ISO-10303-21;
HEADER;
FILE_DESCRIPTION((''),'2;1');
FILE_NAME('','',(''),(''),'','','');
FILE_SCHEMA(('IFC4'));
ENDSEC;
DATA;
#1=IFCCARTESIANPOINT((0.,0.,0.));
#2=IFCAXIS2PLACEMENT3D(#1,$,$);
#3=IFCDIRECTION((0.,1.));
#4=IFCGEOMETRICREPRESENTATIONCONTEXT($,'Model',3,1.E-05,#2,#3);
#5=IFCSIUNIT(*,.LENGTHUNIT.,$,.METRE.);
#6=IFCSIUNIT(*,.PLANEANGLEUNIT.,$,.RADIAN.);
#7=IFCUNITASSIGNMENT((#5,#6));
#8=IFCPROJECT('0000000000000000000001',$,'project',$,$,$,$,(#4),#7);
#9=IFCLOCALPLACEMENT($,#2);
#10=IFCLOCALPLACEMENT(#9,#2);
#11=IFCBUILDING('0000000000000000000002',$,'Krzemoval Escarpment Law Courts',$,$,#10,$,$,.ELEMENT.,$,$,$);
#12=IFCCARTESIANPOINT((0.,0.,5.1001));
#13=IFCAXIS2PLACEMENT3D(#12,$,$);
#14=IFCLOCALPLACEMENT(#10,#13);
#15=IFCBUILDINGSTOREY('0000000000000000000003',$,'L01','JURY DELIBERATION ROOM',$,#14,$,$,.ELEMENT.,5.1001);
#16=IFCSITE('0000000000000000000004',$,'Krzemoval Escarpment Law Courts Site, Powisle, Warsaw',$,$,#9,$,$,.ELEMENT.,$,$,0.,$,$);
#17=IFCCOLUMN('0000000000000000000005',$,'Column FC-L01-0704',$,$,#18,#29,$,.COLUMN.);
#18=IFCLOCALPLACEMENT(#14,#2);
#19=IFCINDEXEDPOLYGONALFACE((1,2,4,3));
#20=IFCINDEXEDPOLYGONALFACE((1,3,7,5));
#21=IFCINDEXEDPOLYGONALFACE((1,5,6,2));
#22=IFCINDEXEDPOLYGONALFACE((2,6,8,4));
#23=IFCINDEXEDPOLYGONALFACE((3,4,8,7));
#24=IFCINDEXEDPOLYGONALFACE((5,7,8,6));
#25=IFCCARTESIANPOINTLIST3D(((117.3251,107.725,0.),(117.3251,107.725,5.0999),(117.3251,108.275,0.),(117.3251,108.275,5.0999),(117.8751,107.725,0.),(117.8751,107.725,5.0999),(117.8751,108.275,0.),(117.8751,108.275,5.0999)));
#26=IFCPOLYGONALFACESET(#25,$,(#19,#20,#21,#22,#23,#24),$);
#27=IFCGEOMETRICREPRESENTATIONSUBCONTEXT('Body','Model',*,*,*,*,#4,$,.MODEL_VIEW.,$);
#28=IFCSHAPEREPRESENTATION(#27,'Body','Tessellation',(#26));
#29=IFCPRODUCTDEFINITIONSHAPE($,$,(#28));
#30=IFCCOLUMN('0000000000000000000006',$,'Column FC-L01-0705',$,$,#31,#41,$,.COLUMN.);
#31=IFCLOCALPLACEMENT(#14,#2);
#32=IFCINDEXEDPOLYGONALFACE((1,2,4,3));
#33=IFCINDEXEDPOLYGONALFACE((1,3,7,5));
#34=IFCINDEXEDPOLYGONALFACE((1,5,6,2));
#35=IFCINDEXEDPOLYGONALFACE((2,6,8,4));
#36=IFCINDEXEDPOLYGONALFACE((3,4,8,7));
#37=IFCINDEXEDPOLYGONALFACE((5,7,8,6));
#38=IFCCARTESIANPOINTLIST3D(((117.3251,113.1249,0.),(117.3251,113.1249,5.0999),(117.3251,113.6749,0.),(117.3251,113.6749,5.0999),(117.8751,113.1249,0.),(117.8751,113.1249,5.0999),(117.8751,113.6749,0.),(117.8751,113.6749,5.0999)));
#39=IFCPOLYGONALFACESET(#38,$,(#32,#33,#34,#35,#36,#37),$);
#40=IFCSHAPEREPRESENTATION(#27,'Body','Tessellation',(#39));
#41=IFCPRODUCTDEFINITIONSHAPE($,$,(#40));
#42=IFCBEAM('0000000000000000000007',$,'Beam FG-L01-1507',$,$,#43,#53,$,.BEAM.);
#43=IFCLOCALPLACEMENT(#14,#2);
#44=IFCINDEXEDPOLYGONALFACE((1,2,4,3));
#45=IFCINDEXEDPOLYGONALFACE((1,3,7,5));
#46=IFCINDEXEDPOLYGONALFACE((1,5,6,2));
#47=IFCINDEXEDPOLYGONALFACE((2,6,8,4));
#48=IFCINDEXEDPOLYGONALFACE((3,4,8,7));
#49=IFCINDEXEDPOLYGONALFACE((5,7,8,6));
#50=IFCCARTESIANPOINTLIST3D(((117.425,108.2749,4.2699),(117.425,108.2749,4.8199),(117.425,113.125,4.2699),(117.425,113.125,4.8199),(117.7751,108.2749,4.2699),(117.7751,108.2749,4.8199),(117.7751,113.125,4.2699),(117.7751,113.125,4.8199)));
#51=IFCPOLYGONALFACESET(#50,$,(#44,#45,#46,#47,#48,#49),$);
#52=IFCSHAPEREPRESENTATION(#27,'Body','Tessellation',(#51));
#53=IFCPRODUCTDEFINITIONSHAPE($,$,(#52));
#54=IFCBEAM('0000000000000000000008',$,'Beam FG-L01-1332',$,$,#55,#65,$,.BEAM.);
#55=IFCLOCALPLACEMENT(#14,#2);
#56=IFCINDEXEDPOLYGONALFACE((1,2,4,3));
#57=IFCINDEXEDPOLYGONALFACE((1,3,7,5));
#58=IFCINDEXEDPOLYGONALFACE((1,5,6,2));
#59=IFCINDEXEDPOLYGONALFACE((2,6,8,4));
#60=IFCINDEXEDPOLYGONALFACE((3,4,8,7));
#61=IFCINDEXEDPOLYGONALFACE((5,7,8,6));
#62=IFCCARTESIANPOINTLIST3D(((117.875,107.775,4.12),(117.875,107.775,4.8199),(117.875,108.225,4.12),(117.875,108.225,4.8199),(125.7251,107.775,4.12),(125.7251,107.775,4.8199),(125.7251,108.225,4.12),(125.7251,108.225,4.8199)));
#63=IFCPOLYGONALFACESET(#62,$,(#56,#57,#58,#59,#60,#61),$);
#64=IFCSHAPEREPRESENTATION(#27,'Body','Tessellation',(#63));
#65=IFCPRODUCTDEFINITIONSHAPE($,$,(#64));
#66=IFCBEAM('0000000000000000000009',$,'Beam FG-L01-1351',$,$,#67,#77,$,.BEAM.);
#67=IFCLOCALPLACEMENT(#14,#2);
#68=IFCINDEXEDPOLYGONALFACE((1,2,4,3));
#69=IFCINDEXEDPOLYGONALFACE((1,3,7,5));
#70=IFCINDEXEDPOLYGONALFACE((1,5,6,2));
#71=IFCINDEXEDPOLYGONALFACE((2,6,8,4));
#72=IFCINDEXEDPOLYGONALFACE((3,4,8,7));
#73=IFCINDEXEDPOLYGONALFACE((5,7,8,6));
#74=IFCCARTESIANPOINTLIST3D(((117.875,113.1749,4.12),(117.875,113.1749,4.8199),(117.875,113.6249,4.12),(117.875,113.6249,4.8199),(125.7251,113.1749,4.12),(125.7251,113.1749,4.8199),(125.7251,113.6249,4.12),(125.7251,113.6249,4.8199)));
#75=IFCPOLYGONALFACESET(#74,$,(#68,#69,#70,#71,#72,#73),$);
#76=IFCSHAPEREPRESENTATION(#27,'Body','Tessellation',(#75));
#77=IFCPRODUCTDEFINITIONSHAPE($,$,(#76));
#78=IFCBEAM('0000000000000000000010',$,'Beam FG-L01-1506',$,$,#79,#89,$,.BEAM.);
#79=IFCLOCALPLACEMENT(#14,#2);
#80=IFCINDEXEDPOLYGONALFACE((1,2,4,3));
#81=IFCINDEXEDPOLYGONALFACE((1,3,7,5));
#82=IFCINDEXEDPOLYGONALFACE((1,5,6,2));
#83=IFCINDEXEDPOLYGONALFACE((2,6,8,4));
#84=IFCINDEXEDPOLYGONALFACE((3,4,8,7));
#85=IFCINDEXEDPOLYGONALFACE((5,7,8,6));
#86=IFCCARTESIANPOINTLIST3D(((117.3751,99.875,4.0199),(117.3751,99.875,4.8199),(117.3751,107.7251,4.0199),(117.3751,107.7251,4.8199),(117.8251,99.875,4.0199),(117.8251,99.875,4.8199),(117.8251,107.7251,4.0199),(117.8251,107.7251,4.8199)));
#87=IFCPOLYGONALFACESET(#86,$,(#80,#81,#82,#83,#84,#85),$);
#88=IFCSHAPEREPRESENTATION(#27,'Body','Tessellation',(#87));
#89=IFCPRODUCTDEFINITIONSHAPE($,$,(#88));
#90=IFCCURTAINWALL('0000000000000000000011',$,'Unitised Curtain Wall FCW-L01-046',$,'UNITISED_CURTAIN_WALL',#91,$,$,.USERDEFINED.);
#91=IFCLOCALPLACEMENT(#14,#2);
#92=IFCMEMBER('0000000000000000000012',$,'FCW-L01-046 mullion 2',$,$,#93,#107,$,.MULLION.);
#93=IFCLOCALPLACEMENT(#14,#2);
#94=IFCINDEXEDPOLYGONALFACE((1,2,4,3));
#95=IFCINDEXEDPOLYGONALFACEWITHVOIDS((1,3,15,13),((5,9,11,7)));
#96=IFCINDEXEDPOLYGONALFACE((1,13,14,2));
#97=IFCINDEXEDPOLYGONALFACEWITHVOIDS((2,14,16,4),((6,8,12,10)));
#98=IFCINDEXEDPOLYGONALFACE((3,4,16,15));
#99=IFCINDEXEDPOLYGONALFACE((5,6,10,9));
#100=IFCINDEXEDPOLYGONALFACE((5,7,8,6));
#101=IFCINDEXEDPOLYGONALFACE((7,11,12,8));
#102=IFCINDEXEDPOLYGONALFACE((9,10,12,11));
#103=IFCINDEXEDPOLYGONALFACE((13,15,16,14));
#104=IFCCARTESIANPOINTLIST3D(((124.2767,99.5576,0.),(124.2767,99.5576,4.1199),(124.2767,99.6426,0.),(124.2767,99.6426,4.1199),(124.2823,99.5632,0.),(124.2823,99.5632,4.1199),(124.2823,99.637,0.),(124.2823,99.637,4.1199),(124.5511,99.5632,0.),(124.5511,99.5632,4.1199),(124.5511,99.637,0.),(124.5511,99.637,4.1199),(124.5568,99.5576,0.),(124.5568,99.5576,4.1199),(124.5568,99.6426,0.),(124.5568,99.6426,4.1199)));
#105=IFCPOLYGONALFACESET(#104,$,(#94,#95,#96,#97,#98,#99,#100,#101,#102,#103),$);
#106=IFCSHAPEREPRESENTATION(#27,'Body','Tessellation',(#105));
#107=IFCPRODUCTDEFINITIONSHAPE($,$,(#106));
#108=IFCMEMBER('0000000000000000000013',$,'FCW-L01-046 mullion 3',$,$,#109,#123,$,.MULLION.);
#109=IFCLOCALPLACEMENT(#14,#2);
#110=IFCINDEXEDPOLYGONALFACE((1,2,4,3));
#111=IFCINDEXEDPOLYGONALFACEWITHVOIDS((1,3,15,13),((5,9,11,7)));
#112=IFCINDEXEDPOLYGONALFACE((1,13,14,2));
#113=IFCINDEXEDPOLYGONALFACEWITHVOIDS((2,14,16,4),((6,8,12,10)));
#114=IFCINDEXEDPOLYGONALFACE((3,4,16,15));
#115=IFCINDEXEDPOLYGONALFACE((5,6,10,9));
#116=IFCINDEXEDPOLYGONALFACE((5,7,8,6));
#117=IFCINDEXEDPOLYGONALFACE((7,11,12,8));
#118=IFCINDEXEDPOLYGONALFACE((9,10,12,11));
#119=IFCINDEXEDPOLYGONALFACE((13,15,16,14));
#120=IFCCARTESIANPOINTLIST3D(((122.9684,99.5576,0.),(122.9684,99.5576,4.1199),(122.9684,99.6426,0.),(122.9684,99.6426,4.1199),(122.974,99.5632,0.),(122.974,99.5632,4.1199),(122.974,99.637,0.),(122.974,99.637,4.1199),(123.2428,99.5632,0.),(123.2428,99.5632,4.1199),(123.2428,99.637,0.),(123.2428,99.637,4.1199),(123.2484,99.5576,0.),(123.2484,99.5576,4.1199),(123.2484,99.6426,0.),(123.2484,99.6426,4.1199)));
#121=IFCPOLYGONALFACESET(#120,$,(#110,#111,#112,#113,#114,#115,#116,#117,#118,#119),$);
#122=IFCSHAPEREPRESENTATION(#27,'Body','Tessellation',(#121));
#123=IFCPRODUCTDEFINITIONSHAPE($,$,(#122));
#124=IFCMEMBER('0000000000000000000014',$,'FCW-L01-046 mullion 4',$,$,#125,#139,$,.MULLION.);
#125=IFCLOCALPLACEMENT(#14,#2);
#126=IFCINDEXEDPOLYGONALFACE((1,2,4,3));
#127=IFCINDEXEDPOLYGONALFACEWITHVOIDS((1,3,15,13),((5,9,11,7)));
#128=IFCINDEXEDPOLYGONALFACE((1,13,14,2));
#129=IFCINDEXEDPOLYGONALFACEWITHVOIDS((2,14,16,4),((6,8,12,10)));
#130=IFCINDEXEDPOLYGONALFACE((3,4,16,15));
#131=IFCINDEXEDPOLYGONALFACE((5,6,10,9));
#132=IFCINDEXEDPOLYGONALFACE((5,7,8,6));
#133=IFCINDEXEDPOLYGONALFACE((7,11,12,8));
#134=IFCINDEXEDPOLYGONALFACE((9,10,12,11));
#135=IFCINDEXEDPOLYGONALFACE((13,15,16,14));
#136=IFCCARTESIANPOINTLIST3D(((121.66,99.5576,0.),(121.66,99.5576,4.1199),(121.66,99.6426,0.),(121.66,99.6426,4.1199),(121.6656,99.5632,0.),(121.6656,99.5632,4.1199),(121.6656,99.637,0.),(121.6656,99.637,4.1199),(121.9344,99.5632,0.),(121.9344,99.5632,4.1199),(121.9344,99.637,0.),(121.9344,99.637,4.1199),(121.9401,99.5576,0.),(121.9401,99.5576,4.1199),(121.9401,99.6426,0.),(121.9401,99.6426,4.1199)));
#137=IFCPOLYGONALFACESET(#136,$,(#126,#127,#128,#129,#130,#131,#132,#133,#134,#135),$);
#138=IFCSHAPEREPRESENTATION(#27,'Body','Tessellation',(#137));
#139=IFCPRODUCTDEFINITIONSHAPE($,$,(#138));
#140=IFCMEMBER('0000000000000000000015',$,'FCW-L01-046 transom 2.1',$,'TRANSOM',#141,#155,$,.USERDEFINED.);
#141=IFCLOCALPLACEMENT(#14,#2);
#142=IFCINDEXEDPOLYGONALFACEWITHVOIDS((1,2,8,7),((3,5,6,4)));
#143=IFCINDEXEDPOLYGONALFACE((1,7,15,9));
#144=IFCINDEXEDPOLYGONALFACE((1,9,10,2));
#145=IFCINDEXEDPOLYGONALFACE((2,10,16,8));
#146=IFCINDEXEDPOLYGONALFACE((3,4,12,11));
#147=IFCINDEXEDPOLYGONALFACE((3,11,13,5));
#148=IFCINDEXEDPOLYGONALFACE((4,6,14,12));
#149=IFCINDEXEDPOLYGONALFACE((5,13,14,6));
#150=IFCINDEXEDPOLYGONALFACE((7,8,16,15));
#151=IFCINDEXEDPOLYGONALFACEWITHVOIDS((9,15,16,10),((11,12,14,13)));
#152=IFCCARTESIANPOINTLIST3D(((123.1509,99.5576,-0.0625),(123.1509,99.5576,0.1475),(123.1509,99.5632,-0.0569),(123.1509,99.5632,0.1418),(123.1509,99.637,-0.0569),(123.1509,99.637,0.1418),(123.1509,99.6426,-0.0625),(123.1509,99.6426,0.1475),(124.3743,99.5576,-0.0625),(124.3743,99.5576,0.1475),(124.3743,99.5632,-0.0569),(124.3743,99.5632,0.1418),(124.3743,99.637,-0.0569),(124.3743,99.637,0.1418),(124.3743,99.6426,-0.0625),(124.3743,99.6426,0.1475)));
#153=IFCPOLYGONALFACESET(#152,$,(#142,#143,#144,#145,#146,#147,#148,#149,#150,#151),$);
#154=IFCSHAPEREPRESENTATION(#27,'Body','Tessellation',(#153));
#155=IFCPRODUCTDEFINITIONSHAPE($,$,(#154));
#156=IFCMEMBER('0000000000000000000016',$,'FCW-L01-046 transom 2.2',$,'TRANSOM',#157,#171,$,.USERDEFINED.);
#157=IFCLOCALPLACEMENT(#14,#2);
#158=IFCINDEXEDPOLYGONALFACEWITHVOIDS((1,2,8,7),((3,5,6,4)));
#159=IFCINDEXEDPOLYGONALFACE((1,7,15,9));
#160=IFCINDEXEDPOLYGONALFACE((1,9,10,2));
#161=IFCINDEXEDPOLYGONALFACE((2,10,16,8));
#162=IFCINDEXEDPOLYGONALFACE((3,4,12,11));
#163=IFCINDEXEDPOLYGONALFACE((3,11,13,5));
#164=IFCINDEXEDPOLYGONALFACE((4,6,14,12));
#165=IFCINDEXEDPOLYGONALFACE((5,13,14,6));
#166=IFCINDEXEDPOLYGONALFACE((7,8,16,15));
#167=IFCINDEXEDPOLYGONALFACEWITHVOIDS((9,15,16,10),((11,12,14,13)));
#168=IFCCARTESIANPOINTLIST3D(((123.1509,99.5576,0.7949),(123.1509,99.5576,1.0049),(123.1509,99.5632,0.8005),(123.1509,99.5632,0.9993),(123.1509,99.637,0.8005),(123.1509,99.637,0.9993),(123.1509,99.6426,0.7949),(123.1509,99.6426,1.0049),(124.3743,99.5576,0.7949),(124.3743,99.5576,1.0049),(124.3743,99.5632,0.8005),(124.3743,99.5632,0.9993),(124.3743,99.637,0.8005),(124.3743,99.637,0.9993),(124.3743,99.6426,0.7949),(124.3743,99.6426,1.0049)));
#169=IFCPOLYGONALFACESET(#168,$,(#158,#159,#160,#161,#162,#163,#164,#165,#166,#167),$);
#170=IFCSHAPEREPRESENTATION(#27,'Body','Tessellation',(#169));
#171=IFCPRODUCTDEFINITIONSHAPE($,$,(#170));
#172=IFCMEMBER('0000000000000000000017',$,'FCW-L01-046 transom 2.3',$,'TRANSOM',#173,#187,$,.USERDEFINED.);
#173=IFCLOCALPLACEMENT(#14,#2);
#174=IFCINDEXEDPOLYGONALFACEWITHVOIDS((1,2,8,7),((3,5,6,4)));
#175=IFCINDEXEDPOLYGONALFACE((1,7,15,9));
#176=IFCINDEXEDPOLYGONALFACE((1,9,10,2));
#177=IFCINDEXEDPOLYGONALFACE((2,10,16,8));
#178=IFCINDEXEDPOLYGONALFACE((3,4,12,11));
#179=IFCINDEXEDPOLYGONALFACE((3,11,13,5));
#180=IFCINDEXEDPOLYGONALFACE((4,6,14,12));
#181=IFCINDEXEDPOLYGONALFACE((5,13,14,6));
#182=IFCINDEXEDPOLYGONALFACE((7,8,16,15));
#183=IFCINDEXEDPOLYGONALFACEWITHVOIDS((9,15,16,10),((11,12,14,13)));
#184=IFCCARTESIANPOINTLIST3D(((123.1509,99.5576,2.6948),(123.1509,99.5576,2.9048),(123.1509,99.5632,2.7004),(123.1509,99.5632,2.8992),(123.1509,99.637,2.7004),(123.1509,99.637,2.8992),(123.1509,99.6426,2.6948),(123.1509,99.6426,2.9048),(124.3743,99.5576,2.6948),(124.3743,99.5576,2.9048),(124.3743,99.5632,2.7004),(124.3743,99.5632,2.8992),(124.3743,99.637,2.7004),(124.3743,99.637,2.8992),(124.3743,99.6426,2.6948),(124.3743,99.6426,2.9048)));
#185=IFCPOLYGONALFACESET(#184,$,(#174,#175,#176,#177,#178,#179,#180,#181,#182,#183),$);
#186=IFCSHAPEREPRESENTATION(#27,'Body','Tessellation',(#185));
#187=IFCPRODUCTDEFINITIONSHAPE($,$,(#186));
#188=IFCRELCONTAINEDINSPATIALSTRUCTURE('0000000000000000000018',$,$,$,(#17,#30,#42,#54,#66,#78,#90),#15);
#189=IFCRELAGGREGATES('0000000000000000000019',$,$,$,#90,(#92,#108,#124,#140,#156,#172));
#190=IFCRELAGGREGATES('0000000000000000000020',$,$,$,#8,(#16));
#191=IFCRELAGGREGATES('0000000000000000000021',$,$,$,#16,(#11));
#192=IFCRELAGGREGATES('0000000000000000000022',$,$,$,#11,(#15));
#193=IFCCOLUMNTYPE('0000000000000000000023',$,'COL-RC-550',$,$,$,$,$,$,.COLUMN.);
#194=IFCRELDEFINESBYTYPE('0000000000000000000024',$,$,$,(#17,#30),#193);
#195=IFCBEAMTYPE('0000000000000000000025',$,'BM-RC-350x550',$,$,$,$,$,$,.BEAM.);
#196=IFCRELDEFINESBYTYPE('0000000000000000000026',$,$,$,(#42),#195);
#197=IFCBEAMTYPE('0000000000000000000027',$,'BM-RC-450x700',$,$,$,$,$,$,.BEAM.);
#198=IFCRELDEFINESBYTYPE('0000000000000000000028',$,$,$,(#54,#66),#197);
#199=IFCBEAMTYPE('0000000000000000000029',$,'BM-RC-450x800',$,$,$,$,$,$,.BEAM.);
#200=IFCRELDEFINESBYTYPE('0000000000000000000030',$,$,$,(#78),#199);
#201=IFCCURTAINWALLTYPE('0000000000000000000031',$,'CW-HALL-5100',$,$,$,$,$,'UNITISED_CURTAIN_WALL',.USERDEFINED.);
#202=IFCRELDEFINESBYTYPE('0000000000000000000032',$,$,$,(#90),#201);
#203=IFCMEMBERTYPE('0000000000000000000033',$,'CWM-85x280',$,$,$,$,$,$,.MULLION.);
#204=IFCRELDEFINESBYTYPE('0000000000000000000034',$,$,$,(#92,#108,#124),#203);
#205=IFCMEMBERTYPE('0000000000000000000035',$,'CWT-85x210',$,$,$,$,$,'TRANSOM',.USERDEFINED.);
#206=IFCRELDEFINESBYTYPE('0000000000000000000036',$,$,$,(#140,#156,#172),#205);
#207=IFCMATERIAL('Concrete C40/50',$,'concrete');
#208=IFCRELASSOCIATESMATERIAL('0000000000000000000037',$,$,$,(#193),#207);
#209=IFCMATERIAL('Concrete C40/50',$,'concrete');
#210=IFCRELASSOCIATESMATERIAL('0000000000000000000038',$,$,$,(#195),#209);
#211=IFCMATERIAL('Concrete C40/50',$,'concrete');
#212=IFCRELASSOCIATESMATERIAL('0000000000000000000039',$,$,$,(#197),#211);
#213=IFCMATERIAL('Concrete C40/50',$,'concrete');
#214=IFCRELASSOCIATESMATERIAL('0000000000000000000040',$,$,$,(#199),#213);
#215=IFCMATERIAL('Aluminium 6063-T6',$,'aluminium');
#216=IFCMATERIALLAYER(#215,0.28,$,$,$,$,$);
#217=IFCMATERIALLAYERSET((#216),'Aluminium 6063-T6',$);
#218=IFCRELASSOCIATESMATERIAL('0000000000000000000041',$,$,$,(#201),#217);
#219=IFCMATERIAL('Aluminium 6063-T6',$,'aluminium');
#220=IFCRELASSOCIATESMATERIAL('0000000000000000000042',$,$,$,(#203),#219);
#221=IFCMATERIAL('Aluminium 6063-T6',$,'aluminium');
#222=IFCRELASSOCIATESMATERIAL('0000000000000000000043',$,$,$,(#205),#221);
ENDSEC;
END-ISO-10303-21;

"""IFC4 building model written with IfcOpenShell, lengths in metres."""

from ifc_helpers import new_model, si_unit, direction, frame, origin, origin_2d, place, context, subcontext, project, spatial, rectangle, hollow_rectangle, extrude, material, layer, layer_set, material_profile, profile_set, type_object, element, aggregate, save


model = new_model("IFC4")

# Units and contexts
model_context = context("Model", 3, precision=1e-05, world=origin(), true_north=direction((0.0, 1.0)))
body_context = subcontext(model_context, "Body", "Model", "MODEL_VIEW")
ifc_project = project(units=[si_unit("LENGTHUNIT", "METRE"), si_unit("PLANEANGLEUNIT", "RADIAN")], contexts=[model_context])

# Site, building, storey
site_placement = place(None, origin())
site = spatial("IfcSite", under=ifc_project, at=site_placement, Name="Krzemoval Escarpment Law Courts Site, Powisle, Warsaw", CompositionType="ELEMENT", RefElevation=0.0)
building_placement = place(site_placement, origin())
building = spatial("IfcBuilding", under=site, at=building_placement, Name="Krzemoval Escarpment Law Courts", CompositionType="ELEMENT")
storey_placement = place(building_placement, frame((0.0, 0.0, 5.1001)))
storey = spatial("IfcBuildingStorey", under=building, at=storey_placement, Name="L01", Description="JURY DELIBERATION ROOM", CompositionType="ELEMENT", Elevation=5.1001)

# Columns
ifc_material_1 = material(Name="Concrete C40/50", Category="concrete")
ifc_material_profile_1 = material_profile(ifc_material_1, rectangle(XDim=0.55, YDim=0.55, at=origin_2d()), Name="RC 550x550")
ifc_profile_set_1 = profile_set([ifc_material_profile_1], Name="Concrete C40/50")
column_type = type_object("IfcColumnType", Name="COL-RC-550", PredefinedType="COLUMN", material=ifc_profile_set_1)
for number, where, z_axis, x_axis, name in (
    (1, (117.6001, 108.0, 0.0), (0.0, 0.0, 1.0), (1.0, 0.0, 0.0), "Column FC-L01-0704"),
    (2, (117.6001, 113.3999, 0.0), (0.0, 0.0, 1.0), (1.0, 0.0, 0.0), "Column FC-L01-0705"),
):
    element("IfcColumn", number, at=place(storey_placement, frame(where, z_axis=z_axis, x_axis=x_axis)), inside=storey, type_object=column_type, Name=name, PredefinedType="COLUMN", context=body_context, shape_type="SweptSolid", body=[
        extrude(rectangle(XDim=0.55, YDim=0.55, at=origin_2d()), origin(), (0.0, 0.0, 1.0), 5.0999),
    ])

# Beams
ifc_material_2 = material(Name="Concrete C40/50", Category="concrete")
ifc_material_profile_2 = material_profile(ifc_material_2, rectangle(XDim=0.3501, YDim=0.55, at=origin_2d()), Name="RCB 350x550")
ifc_profile_set_2 = profile_set([ifc_material_profile_2], Name="Concrete C40/50")
beam_type_1 = type_object("IfcBeamType", Name="BM-RC-350x550", PredefinedType="BEAM", material=ifc_profile_set_2)
beam_1_placement = place(storey_placement, frame((117.6001, 108.2749, 4.5449), z_axis=(0.0, 1.0, 0.0), x_axis=(-1.0, 0.0, 0.0)))
element("IfcBeam", 3, at=beam_1_placement, inside=storey, type_object=beam_type_1, Name="Beam FG-L01-1507", PredefinedType="BEAM", context=body_context, shape_type="SweptSolid", body=[
    extrude(rectangle(XDim=0.3501, YDim=0.55, at=origin_2d()), origin(), (0.0, 0.0, 1.0), 4.8501),
])
ifc_material_3 = material(Name="Concrete C40/50", Category="concrete")
ifc_material_profile_3 = material_profile(ifc_material_3, rectangle(XDim=0.45, YDim=0.7, at=origin_2d()), Name="RCB 450x700")
ifc_profile_set_3 = profile_set([ifc_material_profile_3], Name="Concrete C40/50")
beam_type_2 = type_object("IfcBeamType", Name="BM-RC-450x700", PredefinedType="BEAM", material=ifc_profile_set_3)
for number, where, z_axis, x_axis, name in (
    (4, (117.875, 108.0, 4.47), (1.0, 0.0, 0.0), (0.0, 1.0, 0.0), "Beam FG-L01-1332"),
    (5, (117.875, 113.3999, 4.47), (1.0, 0.0, 0.0), (0.0, 1.0, 0.0), "Beam FG-L01-1351"),
):
    element("IfcBeam", number, at=place(storey_placement, frame(where, z_axis=z_axis, x_axis=x_axis)), inside=storey, type_object=beam_type_2, Name=name, PredefinedType="BEAM", context=body_context, shape_type="SweptSolid", body=[
        extrude(rectangle(XDim=0.45, YDim=0.7, at=origin_2d()), origin(), (0.0, 0.0, 1.0), 7.8501),
    ])
ifc_material_4 = material(Name="Concrete C40/50", Category="concrete")
ifc_material_profile_4 = material_profile(ifc_material_4, rectangle(XDim=0.45, YDim=0.8, at=origin_2d()), Name="RCB 450x800")
ifc_profile_set_4 = profile_set([ifc_material_profile_4], Name="Concrete C40/50")
beam_type_3 = type_object("IfcBeamType", Name="BM-RC-450x800", PredefinedType="BEAM", material=ifc_profile_set_4)
beam_2_placement = place(storey_placement, frame((117.6001, 99.875, 4.4199), z_axis=(0.0, 1.0, 0.0), x_axis=(-1.0, 0.0, 0.0)))
element("IfcBeam", 6, at=beam_2_placement, inside=storey, type_object=beam_type_3, Name="Beam FG-L01-1506", PredefinedType="BEAM", context=body_context, shape_type="SweptSolid", body=[
    extrude(rectangle(XDim=0.45, YDim=0.8, at=origin_2d()), origin(), (0.0, 0.0, 1.0), 7.8501),
])

# Curtain wall, members
ifc_material_5 = material(Name="Aluminium 6063-T6", Category="aluminium")
ifc_layer_1 = layer(ifc_material_5, 0.28)
ifc_layer_set_1 = layer_set([ifc_layer_1], Name="Aluminium 6063-T6")
curtain_wall_type = type_object("IfcCurtainWallType", Name="CW-HALL-5100", ElementType="UNITISED_CURTAIN_WALL", PredefinedType="USERDEFINED", material=ifc_layer_set_1)
curtain_wall_placement = place(storey_placement, origin())
curtain_wall = element("IfcCurtainWall", 7, at=curtain_wall_placement, inside=storey, type_object=curtain_wall_type, Name="Unitised Curtain Wall FCW-L01-046", ObjectType="UNITISED_CURTAIN_WALL", PredefinedType="USERDEFINED")
ifc_material_6 = material(Name="Aluminium 6063-T6", Category="aluminium")
ifc_material_profile_5 = material_profile(ifc_material_6, hollow_rectangle(XDim=0.085, YDim=0.28, WallThickness=0.0056, at=origin_2d()), Name="ALU M85x280")
ifc_profile_set_5 = profile_set([ifc_material_profile_5], Name="Aluminium 6063-T6")
member_type_1 = type_object("IfcMemberType", Name="CWM-85x280", PredefinedType="MULLION", material=ifc_profile_set_5)
member_1_placement = place(storey_placement, frame((124.4167, 99.6001, 0.0), z_axis=(0.0, 0.0, 1.0), x_axis=(0.0, -1.0, 0.0)))
member_1 = element("IfcMember", 8, at=member_1_placement, type_object=member_type_1, Name="FCW-L01-046 mullion 2", PredefinedType="MULLION", context=body_context, shape_type="SweptSolid", body=[
    extrude(hollow_rectangle(XDim=0.085, YDim=0.28, WallThickness=0.0056, at=origin_2d()), origin(), (0.0, 0.0, 1.0), 4.1199),
])
member_2_placement = place(storey_placement, frame((123.1084, 99.6001, 0.0), z_axis=(0.0, 0.0, 1.0), x_axis=(0.0, -1.0, 0.0)))
member_2 = element("IfcMember", 9, at=member_2_placement, type_object=member_type_1, Name="FCW-L01-046 mullion 3", PredefinedType="MULLION", context=body_context, shape_type="SweptSolid", body=[
    extrude(hollow_rectangle(XDim=0.085, YDim=0.28, WallThickness=0.0056, at=origin_2d()), origin(), (0.0, 0.0, 1.0), 4.1199),
])
member_3_placement = place(storey_placement, frame((121.8, 99.6001, 0.0), z_axis=(0.0, 0.0, 1.0), x_axis=(0.0, -1.0, 0.0)))
member_3 = element("IfcMember", 10, at=member_3_placement, type_object=member_type_1, Name="FCW-L01-046 mullion 4", PredefinedType="MULLION", context=body_context, shape_type="SweptSolid", body=[
    extrude(hollow_rectangle(XDim=0.085, YDim=0.28, WallThickness=0.0056, at=origin_2d()), origin(), (0.0, 0.0, 1.0), 4.1199),
])
ifc_material_7 = material(Name="Aluminium 6063-T6", Category="aluminium")
ifc_material_profile_6 = material_profile(ifc_material_7, hollow_rectangle(XDim=0.085, YDim=0.21, WallThickness=0.0056, at=origin_2d()), Name="ALU T85x210")
ifc_profile_set_6 = profile_set([ifc_material_profile_6], Name="Aluminium 6063-T6")
member_type_2 = type_object("IfcMemberType", Name="CWT-85x210", ElementType="TRANSOM", PredefinedType="USERDEFINED", material=ifc_profile_set_6)
member_4_placement = place(storey_placement, frame((124.3743, 99.6001, 0.0425), z_axis=(-1.0, 0.0, 0.0), x_axis=(0.0, -1.0, 0.0)))
member_4 = element("IfcMember", 11, at=member_4_placement, type_object=member_type_2, Name="FCW-L01-046 transom 2.1", ObjectType="TRANSOM", PredefinedType="USERDEFINED", context=body_context, shape_type="SweptSolid", body=[
    extrude(hollow_rectangle(XDim=0.085, YDim=0.21, WallThickness=0.0056, at=origin_2d()), origin(), (0.0, 0.0, 1.0), 1.2234),
])
member_5_placement = place(storey_placement, frame((124.3743, 99.6001, 0.8999), z_axis=(-1.0, 0.0, 0.0), x_axis=(0.0, -1.0, 0.0)))
member_5 = element("IfcMember", 12, at=member_5_placement, type_object=member_type_2, Name="FCW-L01-046 transom 2.2", ObjectType="TRANSOM", PredefinedType="USERDEFINED", context=body_context, shape_type="SweptSolid", body=[
    extrude(hollow_rectangle(XDim=0.085, YDim=0.21, WallThickness=0.0056, at=origin_2d()), origin(), (0.0, 0.0, 1.0), 1.2234),
])
member_6_placement = place(storey_placement, frame((124.3743, 99.6001, 2.7998), z_axis=(-1.0, 0.0, 0.0), x_axis=(0.0, -1.0, 0.0)))
member_6 = element("IfcMember", 13, at=member_6_placement, type_object=member_type_2, Name="FCW-L01-046 transom 2.3", ObjectType="TRANSOM", PredefinedType="USERDEFINED", context=body_context, shape_type="SweptSolid", body=[
    extrude(hollow_rectangle(XDim=0.085, YDim=0.21, WallThickness=0.0056, at=origin_2d()), origin(), (0.0, 0.0, 1.0), 1.2234),
])

aggregate(curtain_wall, [member_1, member_2, member_3, member_4, member_5, member_6])

save(model, "model.ifc")
